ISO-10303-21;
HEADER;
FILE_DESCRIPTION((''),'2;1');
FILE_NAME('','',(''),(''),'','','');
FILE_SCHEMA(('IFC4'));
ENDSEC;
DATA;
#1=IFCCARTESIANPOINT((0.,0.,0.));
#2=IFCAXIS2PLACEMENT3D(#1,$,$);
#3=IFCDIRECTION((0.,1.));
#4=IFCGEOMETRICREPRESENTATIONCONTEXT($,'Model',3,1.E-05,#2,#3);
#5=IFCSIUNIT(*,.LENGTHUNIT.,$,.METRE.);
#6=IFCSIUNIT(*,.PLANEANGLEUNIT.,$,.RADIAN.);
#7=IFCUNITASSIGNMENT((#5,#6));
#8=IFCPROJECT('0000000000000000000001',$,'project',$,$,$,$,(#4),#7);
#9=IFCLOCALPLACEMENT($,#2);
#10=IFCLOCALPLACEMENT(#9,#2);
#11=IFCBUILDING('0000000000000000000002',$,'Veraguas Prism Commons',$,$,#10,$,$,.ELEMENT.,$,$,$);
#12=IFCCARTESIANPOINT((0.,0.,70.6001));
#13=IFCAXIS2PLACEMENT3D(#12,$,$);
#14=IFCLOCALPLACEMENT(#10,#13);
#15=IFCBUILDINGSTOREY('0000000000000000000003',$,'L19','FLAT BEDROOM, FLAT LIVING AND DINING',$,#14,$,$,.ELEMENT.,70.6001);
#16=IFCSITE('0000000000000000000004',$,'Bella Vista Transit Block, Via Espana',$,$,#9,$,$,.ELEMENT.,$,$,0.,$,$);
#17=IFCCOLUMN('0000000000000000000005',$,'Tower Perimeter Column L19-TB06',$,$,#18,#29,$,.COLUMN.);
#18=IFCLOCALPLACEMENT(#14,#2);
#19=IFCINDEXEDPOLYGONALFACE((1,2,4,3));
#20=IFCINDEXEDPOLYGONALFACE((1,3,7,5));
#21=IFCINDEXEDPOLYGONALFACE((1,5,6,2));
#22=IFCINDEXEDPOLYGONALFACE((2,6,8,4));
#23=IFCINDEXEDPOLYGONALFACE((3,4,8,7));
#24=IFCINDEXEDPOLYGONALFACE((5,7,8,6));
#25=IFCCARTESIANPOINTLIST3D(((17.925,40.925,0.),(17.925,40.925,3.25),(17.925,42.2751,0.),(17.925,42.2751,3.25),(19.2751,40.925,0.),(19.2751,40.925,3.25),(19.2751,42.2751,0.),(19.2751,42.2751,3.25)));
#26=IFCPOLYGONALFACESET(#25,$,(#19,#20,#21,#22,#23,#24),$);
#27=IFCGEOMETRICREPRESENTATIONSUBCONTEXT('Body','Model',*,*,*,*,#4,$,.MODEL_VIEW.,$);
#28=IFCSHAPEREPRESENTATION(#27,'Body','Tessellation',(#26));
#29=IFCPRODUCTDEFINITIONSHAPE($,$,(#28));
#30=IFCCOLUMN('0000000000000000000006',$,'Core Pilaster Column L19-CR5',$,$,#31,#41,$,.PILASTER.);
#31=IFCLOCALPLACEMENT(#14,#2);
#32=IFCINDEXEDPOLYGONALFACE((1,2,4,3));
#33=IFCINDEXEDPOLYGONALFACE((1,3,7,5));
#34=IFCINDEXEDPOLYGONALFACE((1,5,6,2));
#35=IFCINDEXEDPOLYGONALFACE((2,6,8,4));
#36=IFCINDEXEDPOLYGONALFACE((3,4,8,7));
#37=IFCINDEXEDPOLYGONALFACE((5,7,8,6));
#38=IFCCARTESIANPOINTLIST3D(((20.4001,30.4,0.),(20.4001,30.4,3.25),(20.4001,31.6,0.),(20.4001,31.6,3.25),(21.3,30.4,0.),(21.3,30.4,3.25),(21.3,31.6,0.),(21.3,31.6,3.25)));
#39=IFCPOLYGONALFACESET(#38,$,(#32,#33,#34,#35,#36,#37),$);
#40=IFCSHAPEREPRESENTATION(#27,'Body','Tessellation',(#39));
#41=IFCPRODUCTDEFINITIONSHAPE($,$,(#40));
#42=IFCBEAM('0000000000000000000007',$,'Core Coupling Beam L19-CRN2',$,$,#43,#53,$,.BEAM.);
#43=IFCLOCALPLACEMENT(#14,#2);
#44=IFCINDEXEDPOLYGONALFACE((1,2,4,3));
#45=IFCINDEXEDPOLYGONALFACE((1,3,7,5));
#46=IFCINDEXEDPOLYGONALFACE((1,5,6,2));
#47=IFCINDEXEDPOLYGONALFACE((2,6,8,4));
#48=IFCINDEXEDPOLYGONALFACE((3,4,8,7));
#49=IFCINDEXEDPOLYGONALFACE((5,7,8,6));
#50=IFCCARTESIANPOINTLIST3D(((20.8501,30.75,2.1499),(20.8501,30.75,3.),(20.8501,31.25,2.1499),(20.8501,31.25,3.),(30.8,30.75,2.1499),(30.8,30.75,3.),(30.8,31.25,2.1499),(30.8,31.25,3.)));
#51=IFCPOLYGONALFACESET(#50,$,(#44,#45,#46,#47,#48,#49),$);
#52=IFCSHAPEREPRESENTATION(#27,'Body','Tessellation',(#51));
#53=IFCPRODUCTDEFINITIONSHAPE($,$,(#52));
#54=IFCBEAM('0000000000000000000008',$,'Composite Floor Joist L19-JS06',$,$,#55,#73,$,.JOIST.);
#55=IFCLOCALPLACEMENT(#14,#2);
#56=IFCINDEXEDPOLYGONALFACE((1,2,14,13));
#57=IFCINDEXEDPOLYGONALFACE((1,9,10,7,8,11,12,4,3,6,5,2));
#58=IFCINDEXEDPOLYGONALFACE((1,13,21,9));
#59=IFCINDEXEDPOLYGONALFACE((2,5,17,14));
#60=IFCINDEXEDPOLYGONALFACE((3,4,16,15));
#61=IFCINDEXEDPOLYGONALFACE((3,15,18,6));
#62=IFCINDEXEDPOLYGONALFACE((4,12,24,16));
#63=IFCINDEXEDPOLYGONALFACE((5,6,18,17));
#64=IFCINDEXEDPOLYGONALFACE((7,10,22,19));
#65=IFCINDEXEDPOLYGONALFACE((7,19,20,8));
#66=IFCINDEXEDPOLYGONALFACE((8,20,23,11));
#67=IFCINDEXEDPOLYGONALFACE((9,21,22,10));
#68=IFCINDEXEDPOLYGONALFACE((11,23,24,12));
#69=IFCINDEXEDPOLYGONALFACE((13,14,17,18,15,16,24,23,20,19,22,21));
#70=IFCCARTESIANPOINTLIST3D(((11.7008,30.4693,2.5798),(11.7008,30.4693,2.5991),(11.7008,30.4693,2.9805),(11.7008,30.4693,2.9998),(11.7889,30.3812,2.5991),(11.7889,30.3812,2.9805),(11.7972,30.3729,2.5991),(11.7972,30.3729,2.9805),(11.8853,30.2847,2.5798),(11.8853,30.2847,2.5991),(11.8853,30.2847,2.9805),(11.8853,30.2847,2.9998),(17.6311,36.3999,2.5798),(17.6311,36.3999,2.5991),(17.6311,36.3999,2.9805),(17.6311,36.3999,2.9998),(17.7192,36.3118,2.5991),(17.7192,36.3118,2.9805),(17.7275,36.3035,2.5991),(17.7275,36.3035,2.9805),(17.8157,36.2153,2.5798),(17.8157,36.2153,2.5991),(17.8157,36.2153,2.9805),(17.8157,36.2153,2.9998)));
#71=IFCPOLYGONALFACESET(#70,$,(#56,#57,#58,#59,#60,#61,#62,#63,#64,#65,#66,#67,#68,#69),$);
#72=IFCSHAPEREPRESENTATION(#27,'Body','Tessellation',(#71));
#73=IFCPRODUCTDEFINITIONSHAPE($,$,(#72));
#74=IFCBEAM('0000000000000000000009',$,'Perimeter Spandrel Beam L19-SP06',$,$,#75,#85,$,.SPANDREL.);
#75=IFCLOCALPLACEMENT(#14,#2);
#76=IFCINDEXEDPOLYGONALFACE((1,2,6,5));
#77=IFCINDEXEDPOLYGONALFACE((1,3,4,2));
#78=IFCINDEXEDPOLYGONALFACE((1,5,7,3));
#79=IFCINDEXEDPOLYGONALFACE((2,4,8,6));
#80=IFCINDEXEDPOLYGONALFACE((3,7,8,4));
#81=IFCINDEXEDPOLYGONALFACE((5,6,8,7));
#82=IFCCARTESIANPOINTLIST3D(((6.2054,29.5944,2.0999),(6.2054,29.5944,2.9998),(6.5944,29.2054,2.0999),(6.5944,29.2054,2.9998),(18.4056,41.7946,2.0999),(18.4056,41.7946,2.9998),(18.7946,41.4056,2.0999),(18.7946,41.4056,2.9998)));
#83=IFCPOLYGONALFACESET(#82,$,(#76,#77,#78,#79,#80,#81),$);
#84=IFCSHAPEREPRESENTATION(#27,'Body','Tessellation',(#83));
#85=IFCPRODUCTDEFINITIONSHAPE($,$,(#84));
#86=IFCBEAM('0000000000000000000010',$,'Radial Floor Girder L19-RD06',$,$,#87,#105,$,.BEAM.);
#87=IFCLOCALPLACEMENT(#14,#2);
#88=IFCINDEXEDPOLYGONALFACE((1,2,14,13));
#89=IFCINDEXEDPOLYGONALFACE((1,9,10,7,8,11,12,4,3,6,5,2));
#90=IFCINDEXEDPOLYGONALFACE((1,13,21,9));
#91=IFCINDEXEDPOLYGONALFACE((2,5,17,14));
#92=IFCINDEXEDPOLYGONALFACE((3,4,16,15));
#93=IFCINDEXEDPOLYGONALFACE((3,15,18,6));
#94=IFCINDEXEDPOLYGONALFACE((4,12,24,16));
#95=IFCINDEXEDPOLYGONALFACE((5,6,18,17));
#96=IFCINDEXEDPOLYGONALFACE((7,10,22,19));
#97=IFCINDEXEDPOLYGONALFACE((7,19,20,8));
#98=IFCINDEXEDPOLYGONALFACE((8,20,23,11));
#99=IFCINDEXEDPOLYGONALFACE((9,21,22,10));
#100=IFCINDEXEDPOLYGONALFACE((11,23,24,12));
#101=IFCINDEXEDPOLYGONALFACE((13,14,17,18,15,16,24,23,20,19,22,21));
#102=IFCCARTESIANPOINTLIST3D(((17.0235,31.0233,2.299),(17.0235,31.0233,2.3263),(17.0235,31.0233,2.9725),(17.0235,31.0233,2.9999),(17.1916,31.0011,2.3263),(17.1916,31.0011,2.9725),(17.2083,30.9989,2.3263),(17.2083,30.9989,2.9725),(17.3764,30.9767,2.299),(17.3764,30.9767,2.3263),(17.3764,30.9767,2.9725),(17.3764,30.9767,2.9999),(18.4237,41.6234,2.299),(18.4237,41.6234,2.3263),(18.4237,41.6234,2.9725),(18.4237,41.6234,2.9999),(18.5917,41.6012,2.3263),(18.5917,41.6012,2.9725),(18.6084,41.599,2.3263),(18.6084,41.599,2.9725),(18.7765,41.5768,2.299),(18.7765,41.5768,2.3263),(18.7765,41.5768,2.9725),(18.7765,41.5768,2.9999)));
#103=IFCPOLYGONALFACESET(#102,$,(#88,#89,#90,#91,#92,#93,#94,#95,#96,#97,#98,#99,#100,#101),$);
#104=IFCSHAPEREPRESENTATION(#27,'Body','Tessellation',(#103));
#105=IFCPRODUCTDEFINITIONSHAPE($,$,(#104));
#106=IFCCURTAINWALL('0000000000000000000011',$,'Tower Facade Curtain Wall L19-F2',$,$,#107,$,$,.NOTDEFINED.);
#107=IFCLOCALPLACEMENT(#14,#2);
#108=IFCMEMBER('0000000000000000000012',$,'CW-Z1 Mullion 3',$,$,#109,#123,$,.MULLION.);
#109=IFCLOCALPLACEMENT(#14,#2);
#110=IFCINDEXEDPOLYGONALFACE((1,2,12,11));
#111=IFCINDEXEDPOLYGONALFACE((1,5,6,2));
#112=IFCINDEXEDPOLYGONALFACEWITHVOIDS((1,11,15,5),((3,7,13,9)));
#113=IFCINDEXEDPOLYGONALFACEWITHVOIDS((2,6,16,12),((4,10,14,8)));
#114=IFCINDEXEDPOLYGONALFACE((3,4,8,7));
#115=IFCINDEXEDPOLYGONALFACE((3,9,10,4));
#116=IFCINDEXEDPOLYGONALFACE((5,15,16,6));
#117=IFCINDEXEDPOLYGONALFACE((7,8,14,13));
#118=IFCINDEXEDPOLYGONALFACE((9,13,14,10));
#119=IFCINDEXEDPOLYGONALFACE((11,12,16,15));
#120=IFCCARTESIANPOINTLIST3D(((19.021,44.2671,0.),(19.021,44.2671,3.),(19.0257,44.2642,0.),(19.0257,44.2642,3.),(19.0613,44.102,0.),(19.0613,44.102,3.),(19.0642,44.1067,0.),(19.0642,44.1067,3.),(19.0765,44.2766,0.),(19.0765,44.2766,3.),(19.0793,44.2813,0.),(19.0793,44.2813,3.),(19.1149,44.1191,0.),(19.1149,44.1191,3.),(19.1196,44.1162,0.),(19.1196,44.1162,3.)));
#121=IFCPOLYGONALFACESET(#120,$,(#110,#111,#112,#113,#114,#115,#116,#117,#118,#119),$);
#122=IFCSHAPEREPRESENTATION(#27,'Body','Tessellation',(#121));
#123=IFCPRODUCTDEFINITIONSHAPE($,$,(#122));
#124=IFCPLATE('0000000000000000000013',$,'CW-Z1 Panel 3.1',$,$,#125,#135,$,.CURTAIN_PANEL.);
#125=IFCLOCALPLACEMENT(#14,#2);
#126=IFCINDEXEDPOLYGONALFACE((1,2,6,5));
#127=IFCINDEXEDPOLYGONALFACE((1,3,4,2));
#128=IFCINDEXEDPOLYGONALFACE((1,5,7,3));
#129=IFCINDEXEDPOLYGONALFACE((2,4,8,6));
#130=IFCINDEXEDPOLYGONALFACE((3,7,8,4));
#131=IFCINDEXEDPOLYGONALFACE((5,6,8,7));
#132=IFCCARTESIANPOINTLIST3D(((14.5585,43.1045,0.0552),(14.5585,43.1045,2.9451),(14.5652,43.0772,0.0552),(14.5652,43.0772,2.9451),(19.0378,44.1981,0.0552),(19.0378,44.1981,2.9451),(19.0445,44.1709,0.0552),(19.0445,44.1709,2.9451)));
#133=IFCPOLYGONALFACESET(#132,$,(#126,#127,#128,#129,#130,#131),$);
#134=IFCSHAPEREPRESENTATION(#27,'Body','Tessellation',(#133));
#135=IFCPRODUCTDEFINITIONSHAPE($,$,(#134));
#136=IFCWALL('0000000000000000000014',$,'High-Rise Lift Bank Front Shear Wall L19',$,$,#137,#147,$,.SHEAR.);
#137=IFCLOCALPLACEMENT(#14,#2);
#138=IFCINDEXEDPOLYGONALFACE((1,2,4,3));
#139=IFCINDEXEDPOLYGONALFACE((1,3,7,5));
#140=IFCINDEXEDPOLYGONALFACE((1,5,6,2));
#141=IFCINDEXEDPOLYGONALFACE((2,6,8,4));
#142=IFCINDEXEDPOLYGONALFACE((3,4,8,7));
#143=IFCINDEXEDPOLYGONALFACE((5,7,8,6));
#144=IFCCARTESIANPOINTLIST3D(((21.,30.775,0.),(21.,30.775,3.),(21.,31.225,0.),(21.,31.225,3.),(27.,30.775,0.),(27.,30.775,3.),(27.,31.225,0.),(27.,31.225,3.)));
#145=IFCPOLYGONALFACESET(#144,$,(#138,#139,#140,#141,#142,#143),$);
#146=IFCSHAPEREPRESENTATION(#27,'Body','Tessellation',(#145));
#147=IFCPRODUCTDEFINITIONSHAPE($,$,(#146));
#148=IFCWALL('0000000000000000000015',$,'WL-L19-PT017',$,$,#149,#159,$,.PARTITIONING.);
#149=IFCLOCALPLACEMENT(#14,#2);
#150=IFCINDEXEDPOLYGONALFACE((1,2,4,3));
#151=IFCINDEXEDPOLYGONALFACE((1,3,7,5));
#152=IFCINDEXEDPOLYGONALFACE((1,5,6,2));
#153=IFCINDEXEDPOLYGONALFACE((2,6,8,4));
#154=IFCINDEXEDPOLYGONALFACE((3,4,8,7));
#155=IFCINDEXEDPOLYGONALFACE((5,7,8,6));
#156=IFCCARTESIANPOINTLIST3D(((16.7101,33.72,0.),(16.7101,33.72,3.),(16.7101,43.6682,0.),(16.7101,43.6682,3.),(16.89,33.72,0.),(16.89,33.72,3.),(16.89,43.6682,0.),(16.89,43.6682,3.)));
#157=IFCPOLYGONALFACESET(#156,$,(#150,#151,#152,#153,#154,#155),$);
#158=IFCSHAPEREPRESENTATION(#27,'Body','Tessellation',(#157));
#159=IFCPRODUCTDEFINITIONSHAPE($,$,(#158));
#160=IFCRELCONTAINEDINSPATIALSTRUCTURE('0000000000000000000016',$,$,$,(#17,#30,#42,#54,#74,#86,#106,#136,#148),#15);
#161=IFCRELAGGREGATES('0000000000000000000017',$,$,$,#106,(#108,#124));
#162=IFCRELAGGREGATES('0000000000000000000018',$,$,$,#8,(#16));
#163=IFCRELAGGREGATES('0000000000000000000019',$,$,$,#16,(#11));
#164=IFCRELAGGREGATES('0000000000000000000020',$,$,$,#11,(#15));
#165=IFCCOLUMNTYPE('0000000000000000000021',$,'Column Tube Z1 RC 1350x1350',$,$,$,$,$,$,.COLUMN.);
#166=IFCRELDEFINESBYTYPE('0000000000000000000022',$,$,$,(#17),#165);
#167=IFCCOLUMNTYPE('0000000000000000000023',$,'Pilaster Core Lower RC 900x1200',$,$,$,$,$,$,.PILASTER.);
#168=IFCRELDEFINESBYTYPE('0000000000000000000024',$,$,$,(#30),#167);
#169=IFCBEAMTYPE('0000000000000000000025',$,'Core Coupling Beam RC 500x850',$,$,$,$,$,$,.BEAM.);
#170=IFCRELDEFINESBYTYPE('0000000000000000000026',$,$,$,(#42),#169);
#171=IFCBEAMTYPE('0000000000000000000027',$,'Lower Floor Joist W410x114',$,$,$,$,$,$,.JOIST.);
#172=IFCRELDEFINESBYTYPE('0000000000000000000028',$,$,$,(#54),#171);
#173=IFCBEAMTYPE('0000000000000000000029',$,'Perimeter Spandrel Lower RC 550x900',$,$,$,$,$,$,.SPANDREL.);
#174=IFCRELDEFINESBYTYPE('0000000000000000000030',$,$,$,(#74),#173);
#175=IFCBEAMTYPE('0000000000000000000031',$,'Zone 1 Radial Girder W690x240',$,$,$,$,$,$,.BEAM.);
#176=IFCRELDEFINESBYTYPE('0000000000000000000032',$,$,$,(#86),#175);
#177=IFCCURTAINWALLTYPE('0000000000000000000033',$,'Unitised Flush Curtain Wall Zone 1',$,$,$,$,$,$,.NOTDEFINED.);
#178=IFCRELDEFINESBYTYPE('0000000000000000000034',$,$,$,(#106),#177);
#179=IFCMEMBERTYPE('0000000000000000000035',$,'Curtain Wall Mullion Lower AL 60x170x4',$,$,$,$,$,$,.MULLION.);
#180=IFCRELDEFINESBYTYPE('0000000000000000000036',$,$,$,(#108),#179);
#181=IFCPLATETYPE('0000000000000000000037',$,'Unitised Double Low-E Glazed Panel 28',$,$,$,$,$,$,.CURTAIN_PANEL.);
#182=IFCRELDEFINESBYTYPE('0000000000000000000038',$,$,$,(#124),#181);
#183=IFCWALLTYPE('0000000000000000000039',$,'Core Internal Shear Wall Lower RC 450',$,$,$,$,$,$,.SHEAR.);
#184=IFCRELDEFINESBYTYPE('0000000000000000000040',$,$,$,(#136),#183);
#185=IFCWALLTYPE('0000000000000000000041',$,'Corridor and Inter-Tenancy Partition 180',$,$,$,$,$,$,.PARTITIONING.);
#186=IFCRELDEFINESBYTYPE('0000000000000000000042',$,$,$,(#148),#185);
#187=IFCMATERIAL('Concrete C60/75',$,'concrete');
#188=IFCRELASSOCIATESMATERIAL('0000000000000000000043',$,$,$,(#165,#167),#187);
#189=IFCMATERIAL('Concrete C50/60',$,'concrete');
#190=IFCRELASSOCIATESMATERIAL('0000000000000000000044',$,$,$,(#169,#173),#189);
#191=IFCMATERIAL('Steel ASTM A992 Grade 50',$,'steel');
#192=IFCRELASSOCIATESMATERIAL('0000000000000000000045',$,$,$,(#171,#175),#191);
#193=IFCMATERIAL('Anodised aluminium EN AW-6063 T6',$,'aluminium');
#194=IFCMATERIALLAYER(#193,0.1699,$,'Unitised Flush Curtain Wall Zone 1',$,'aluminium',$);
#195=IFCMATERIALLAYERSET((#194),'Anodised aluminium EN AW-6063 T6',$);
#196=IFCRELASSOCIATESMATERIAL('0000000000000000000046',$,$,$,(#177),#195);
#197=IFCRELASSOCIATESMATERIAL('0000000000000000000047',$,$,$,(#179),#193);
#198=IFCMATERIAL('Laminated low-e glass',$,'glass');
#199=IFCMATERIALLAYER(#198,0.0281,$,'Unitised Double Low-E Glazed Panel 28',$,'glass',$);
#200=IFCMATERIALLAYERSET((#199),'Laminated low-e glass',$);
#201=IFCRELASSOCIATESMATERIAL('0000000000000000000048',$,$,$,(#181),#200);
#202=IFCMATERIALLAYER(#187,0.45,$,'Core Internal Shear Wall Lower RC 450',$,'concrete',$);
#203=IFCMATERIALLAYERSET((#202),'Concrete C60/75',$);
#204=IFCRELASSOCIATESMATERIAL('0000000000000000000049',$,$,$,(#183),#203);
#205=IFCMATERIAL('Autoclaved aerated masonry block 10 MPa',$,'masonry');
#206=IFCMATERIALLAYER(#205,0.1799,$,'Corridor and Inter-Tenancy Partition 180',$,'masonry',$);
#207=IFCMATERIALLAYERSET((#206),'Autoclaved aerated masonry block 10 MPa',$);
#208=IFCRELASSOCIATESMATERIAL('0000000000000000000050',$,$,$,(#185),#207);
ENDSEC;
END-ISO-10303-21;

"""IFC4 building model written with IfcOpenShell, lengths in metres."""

from ifc_helpers import new_model, si_unit, direction, frame, frame_2d, origin, origin_2d, place, context, subcontext, project, spatial, rectangle, hollow_rectangle, i_section, extrude, source, transform, mapped, material, layer, layer_set, material_profile, profile_set, type_object, element, aggregate, save


model = new_model("IFC4")

# Units and contexts
model_context = context("Model", 3, precision=1e-05, world=origin(), true_north=direction((0.0, 1.0)))
body_context = subcontext(model_context, "Body", "Model", "MODEL_VIEW")
ifc_project = project(units=[si_unit("LENGTHUNIT", "METRE"), si_unit("PLANEANGLEUNIT", "RADIAN")], contexts=[model_context])

# Site, building, storey
site_placement = place(None, origin())
site = spatial("IfcSite", under=ifc_project, at=site_placement, Name="Bella Vista Transit Block, Via Espana", CompositionType="ELEMENT", RefElevation=0.0)
building_placement = place(site_placement, origin())
building = spatial("IfcBuilding", under=site, at=building_placement, Name="Veraguas Prism Commons", CompositionType="ELEMENT")
storey_placement = place(building_placement, frame((0.0, 0.0, 70.6001)))
storey = spatial("IfcBuildingStorey", under=building, at=storey_placement, Name="L19", Description="FLAT BEDROOM, FLAT LIVING AND DINING", CompositionType="ELEMENT", Elevation=70.6001)

# Columns
ifc_material_1 = material(Name="Concrete C60/75", Category="concrete")
ifc_material_profile_1 = material_profile(ifc_material_1, rectangle(XDim=1.3501, YDim=1.3501, at=origin_2d()), Name="RC1350X1350")
ifc_profile_set_1 = profile_set([ifc_material_profile_1], Name="Concrete C60/75")
column_type_1 = type_object("IfcColumnType", Name="Column Tube Z1 RC 1350x1350", PredefinedType="COLUMN", material=ifc_profile_set_1)
column_1_placement = place(storey_placement, frame((18.6001, 41.6001, 0.0), z_axis=(0.0, 0.0, 1.0), x_axis=(1.0, 0.0, 0.0)))
element("IfcColumn", 1, at=column_1_placement, inside=storey, type_object=column_type_1, Name="Tower Perimeter Column L19-TB06", PredefinedType="COLUMN", context=body_context, shape_type="SweptSolid", body=[
    extrude(rectangle(XDim=1.3501, YDim=1.3501, at=origin_2d()), origin(), (0.0, 0.0, 1.0), 3.25),
])
ifc_material_profile_2 = material_profile(ifc_material_1, rectangle(XDim=0.8999, YDim=1.2, at=origin_2d()), Name="RC900X1200")
ifc_profile_set_2 = profile_set([ifc_material_profile_2], Name="Concrete C60/75")
column_type_2 = type_object("IfcColumnType", Name="Pilaster Core Lower RC 900x1200", PredefinedType="PILASTER", material=ifc_profile_set_2)
column_2_placement = place(storey_placement, frame((20.8501, 31.0, 0.0), z_axis=(0.0, 0.0, 1.0), x_axis=(1.0, 0.0, 0.0)))
element("IfcColumn", 2, at=column_2_placement, inside=storey, type_object=column_type_2, Name="Core Pilaster Column L19-CR5", PredefinedType="PILASTER", context=body_context, shape_type="SweptSolid", body=[
    extrude(rectangle(XDim=0.8999, YDim=1.2, at=origin_2d()), origin(), (0.0, 0.0, 1.0), 3.25),
])

# Beams
ifc_material_2 = material(Name="Concrete C50/60", Category="concrete")
ifc_material_profile_3 = material_profile(ifc_material_2, rectangle(XDim=0.5, YDim=0.8501, at=origin_2d()), Name="RC500X850")
ifc_profile_set_3 = profile_set([ifc_material_profile_3], Name="Concrete C50/60")
beam_type_1 = type_object("IfcBeamType", Name="Core Coupling Beam RC 500x850", PredefinedType="BEAM", material=ifc_profile_set_3)
beam_1_placement = place(storey_placement, frame((20.8501, 31.0, 2.575), z_axis=(1.0, 0.0, 0.0), x_axis=(0.0, 1.0, 0.0)))
element("IfcBeam", 3, at=beam_1_placement, inside=storey, type_object=beam_type_1, Name="Core Coupling Beam L19-CRN2", PredefinedType="BEAM", context=body_context, shape_type="SweptSolid", body=[
    extrude(rectangle(XDim=0.5, YDim=0.8501, at=origin_2d()), origin(), (0.0, 0.0, 1.0), 9.95),
])
ifc_material_3 = material(Name="Steel ASTM A992 Grade 50", Category="steel")
ifc_material_profile_4 = material_profile(ifc_material_3, i_section(OverallWidth=0.261, OverallDepth=0.4199, WebThickness=0.0117, FlangeThickness=0.0193, at=origin_2d()), Name="W410X114")
ifc_profile_set_4 = profile_set([ifc_material_profile_4], Name="Steel ASTM A992 Grade 50")
beam_type_2 = type_object("IfcBeamType", Name="Lower Floor Joist W410x114", PredefinedType="JOIST", material=ifc_profile_set_4)
beam_2_placement = place(storey_placement, frame((17.7234, 36.3076, 2.7898), z_axis=(-0.707092, -0.707121, 0.0), x_axis=(0.707121, -0.707092, 0.0)))
element("IfcBeam", 4, at=beam_2_placement, inside=storey, type_object=beam_type_2, Name="Composite Floor Joist L19-JS06", PredefinedType="JOIST", context=body_context, shape_type="SweptSolid", body=[
    extrude(i_section(OverallWidth=0.261, OverallDepth=0.4199, WebThickness=0.0117, FlangeThickness=0.0193, at=origin_2d()), origin(), (0.0, 0.0, 1.0), 8.387),
])
ifc_material_profile_5 = material_profile(ifc_material_2, rectangle(XDim=0.55, YDim=0.8999, at=origin_2d()), Name="RC550X900")
ifc_profile_set_5 = profile_set([ifc_material_profile_5], Name="Concrete C50/60")
beam_type_3 = type_object("IfcBeamType", Name="Perimeter Spandrel Lower RC 550x900", PredefinedType="SPANDREL", material=ifc_profile_set_5)
beam_3_placement = place(storey_placement, frame((18.6001, 41.6001, 2.5498), z_axis=(-0.707107, -0.707107, 0.0), x_axis=(0.707107, -0.707107, 0.0)))
element("IfcBeam", 5, at=beam_3_placement, inside=storey, type_object=beam_type_3, Name="Perimeter Spandrel Beam L19-SP06", PredefinedType="SPANDREL", context=body_context, shape_type="SweptSolid", body=[
    extrude(rectangle(XDim=0.55, YDim=0.8999, at=origin_2d()), origin(), (0.0, 0.0, 1.0), 17.2537),
])
ifc_material_profile_6 = material_profile(ifc_material_3, i_section(OverallWidth=0.356, OverallDepth=0.7009, WebThickness=0.0168, FlangeThickness=0.0273, at=origin_2d()), Name="W690X240")
ifc_profile_set_6 = profile_set([ifc_material_profile_6], Name="Steel ASTM A992 Grade 50")
beam_type_4 = type_object("IfcBeamType", Name="Zone 1 Radial Girder W690x240", PredefinedType="BEAM", material=ifc_profile_set_6)
beam_4_placement = place(storey_placement, frame((18.6001, 41.6001, 2.6494), z_axis=(-0.130951, -0.991389, 0.0), x_axis=(0.991389, -0.130951, 0.0)))
element("IfcBeam", 6, at=beam_4_placement, inside=storey, type_object=beam_type_4, Name="Radial Floor Girder L19-RD06", PredefinedType="BEAM", context=body_context, shape_type="SweptSolid", body=[
    extrude(i_section(OverallWidth=0.356, OverallDepth=0.7009, WebThickness=0.0168, FlangeThickness=0.0273, at=origin_2d()), origin(), (0.0, 0.0, 1.0), 10.6921),
])

# Curtain wall, member, plate
ifc_material_4 = material(Name="Anodised aluminium EN AW-6063 T6", Category="aluminium")
ifc_layer_1 = layer(ifc_material_4, 0.1699, Name="Unitised Flush Curtain Wall Zone 1", Category="aluminium")
ifc_layer_set_1 = layer_set([ifc_layer_1], Name="Anodised aluminium EN AW-6063 T6")
curtain_wall_type = type_object("IfcCurtainWallType", Name="Unitised Flush Curtain Wall Zone 1", PredefinedType="NOTDEFINED", material=ifc_layer_set_1)
curtain_wall_placement = place(storey_placement, origin())
curtain_wall = element("IfcCurtainWall", 7, at=curtain_wall_placement, inside=storey, type_object=curtain_wall_type, Name="Tower Facade Curtain Wall L19-F2", PredefinedType="NOTDEFINED")
ifc_material_profile_7 = material_profile(ifc_material_4, hollow_rectangle(XDim=0.0601, YDim=0.1699, WallThickness=0.0039, at=origin_2d()), Name="AL60X170X4")
ifc_profile_set_7 = profile_set([ifc_material_profile_7], Name="Anodised aluminium EN AW-6063 T6")
member_type = type_object("IfcMemberType", Name="Curtain Wall Mullion Lower AL 60x170x4", PredefinedType="MULLION", material=ifc_profile_set_7)
shared_shape_1 = source(origin(), body_context, "Body", "SweptSolid", [
    extrude(hollow_rectangle(XDim=0.0601, YDim=0.1699, WallThickness=0.0039, at=origin_2d()), origin(), (0.0, 0.0, 1.0), 3.0),
])
member_placement = place(storey_placement, frame((19.0703, 44.1917, 0.0), z_axis=(0.0, 0.0, 1.0), x_axis=(-0.971465, -0.237184, 0.0)))
member = element("IfcMember", 8, at=member_placement, type_object=member_type, Name="CW-Z1 Mullion 3", PredefinedType="MULLION", context=body_context, shape_type="MappedRepresentation", body=[
    mapped(shared_shape_1, transform((0.0, 0.0, 0.0), scale=1.0)),
])
ifc_material_5 = material(Name="Laminated low-e glass", Category="glass")
ifc_layer_2 = layer(ifc_material_5, 0.0281, Name="Unitised Double Low-E Glazed Panel 28", Category="glass")
ifc_layer_set_2 = layer_set([ifc_layer_2], Name="Laminated low-e glass")
plate_type = type_object("IfcPlateType", Name="Unitised Double Low-E Glazed Panel 28", PredefinedType="CURTAIN_PANEL", material=ifc_layer_set_2)
shared_shape_2 = source(origin(), body_context, "Body", "SweptSolid", [
    extrude(rectangle(XDim=4.6108, YDim=0.0281, at=origin_2d()), origin(), (0.0, 0.0, 1.0), 2.8899),
])
plate_placement = place(storey_placement, frame((16.8015, 43.6377, 0.0552), z_axis=(0.0, 0.0, 1.0), x_axis=(-0.971465, -0.237184, 0.0)))
plate = element("IfcPlate", 9, at=plate_placement, type_object=plate_type, Name="CW-Z1 Panel 3.1", PredefinedType="CURTAIN_PANEL", context=body_context, shape_type="MappedRepresentation", body=[
    mapped(shared_shape_2, transform((0.0, 0.0, 0.0), scale=1.0)),
])
aggregate(curtain_wall, [member, plate])

# Walls
ifc_layer_3 = layer(ifc_material_1, 0.45, Name="Core Internal Shear Wall Lower RC 450", Category="concrete")
ifc_layer_set_3 = layer_set([ifc_layer_3], Name="Concrete C60/75")
wall_type_1 = type_object("IfcWallType", Name="Core Internal Shear Wall Lower RC 450", PredefinedType="SHEAR", material=ifc_layer_set_3)
wall_1_placement = place(storey_placement, frame((21.0, 31.0, 0.0), z_axis=(0.0, 0.0, 1.0), x_axis=(1.0, 0.0, 0.0)))
element("IfcWall", 10, at=wall_1_placement, inside=storey, type_object=wall_type_1, Name="High-Rise Lift Bank Front Shear Wall L19", PredefinedType="SHEAR", context=body_context, shape_type="SweptSolid", body=[
    extrude(rectangle(XDim=6.0, YDim=0.45, at=frame_2d((3.0, 0.0))), origin(), (0.0, 0.0, 1.0), 3.0),
])
ifc_material_6 = material(Name="Autoclaved aerated masonry block 10 MPa", Category="masonry")
ifc_layer_4 = layer(ifc_material_6, 0.1799, Name="Corridor and Inter-Tenancy Partition 180", Category="masonry")
ifc_layer_set_4 = layer_set([ifc_layer_4], Name="Autoclaved aerated masonry block 10 MPa")
wall_type_2 = type_object("IfcWallType", Name="Corridor and Inter-Tenancy Partition 180", PredefinedType="PARTITIONING", material=ifc_layer_set_4)
wall_2_placement = place(storey_placement, frame((16.8, 33.72, 0.0), z_axis=(0.0, 0.0, 1.0), x_axis=(0.0, 1.0, 0.0)))
element("IfcWall", 11, at=wall_2_placement, inside=storey, type_object=wall_type_2, Name="WL-L19-PT017", PredefinedType="PARTITIONING", context=body_context, shape_type="SweptSolid", body=[
    extrude(rectangle(XDim=9.9482, YDim=0.1799, at=frame_2d((4.9741, 0.0))), origin(), (0.0, 0.0, 1.0), 3.0),
])

save(model, "model.ifc")
